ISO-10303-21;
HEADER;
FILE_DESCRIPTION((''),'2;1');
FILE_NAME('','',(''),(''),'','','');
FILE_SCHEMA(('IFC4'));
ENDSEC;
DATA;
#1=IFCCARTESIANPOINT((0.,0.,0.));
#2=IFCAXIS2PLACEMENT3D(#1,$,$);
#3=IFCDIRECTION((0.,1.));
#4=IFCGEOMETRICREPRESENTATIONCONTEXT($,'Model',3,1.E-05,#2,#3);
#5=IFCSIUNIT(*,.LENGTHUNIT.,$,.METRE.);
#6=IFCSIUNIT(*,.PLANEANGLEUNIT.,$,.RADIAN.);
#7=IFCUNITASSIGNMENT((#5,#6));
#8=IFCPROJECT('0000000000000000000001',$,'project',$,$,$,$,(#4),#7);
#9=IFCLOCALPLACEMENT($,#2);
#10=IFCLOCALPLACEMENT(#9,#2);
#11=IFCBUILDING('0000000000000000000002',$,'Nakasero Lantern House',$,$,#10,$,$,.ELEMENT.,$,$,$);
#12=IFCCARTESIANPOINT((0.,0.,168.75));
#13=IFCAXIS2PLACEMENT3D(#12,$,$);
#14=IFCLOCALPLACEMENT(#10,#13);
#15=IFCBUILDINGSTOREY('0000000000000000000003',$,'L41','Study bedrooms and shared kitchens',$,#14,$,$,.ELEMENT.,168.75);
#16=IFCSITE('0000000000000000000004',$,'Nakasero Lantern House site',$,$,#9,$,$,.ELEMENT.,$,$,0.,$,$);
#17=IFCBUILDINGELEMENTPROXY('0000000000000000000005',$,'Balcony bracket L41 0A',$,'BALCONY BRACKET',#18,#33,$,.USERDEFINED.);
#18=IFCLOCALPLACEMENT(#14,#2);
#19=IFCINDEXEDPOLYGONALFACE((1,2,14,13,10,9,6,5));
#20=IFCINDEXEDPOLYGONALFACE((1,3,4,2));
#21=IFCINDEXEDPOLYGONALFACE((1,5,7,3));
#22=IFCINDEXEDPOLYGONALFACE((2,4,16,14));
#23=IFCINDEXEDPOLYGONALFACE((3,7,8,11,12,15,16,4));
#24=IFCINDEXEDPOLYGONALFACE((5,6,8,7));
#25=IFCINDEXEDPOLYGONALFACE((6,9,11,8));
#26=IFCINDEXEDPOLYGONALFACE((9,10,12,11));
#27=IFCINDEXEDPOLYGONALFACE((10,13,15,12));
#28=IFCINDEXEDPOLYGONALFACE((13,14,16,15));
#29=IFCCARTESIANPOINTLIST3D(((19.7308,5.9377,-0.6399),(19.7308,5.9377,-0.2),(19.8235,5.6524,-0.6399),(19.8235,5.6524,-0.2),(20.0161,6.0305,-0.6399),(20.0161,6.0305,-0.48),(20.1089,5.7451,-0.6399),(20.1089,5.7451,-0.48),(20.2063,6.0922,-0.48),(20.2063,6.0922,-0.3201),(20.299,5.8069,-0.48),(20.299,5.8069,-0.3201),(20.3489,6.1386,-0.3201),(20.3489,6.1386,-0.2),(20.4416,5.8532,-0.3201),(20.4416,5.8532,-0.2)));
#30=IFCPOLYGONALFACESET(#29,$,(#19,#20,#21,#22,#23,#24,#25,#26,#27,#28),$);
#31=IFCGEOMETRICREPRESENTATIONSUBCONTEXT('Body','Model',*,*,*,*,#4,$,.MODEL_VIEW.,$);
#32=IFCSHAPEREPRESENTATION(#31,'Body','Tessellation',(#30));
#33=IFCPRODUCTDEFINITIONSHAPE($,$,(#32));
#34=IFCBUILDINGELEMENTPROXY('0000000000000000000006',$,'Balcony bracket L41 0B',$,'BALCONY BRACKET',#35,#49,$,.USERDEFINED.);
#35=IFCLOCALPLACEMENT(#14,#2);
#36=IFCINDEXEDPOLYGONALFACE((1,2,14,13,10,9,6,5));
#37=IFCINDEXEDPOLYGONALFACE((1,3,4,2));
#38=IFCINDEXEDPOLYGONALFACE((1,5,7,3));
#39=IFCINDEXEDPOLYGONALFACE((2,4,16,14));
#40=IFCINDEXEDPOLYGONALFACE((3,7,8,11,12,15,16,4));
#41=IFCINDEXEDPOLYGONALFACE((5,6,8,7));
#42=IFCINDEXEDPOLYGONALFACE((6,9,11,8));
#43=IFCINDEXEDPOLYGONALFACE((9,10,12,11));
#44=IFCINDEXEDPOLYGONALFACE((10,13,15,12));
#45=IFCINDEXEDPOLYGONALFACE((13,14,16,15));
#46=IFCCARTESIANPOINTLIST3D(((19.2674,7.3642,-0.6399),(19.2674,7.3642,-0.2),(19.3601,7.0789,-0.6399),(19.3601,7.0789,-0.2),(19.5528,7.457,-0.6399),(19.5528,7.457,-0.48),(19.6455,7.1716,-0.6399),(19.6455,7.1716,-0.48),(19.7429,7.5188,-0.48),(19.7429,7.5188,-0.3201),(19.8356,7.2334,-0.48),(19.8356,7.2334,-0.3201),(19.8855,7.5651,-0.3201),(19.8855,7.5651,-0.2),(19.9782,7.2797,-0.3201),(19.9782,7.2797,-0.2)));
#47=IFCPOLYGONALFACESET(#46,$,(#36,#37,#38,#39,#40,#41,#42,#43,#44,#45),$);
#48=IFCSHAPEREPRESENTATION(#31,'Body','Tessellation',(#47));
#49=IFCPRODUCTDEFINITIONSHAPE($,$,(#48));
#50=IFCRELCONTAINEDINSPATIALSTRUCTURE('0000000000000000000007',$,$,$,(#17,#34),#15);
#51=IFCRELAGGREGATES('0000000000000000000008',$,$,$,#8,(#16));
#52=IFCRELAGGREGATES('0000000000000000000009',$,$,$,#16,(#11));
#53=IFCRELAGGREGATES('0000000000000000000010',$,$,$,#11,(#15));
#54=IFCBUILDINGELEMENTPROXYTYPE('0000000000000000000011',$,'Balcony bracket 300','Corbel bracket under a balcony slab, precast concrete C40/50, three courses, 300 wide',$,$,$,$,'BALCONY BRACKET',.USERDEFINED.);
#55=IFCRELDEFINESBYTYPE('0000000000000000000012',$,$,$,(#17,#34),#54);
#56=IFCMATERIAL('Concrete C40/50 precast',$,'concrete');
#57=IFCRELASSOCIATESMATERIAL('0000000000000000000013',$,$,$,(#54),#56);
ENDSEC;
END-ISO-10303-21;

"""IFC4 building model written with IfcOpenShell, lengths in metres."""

from ifc_helpers import new_model, si_unit, direction, frame, origin, place, context, subcontext, project, spatial, polyline, outline, extrude, material, type_object, element, save


model = new_model("IFC4")

# Units and contexts
model_context = context("Model", 3, precision=1e-05, world=origin(), true_north=direction((0.0, 1.0)))
body_context = subcontext(model_context, "Body", "Model", "MODEL_VIEW")
ifc_project = project(units=[si_unit("LENGTHUNIT", "METRE"), si_unit("PLANEANGLEUNIT", "RADIAN")], contexts=[model_context])

# Site, building, storey
site_placement = place(None, origin())
site = spatial("IfcSite", under=ifc_project, at=site_placement, Name="Nakasero Lantern House site", CompositionType="ELEMENT", RefElevation=0.0)
building_placement = place(site_placement, origin())
building = spatial("IfcBuilding", under=site, at=building_placement, Name="Nakasero Lantern House", CompositionType="ELEMENT")
storey_placement = place(building_placement, frame((0.0, 0.0, 168.75)))
storey = spatial("IfcBuildingStorey", under=building, at=storey_placement, Name="L41", Description="Study bedrooms and shared kitchens", CompositionType="ELEMENT", Elevation=168.75)

# Building element proxies
ifc_material_1 = material(Name="Concrete C40/50 precast", Category="concrete")
building_element_proxy_type = type_object("IfcBuildingElementProxyType", Name="Balcony bracket 300", Description="Corbel bracket under a balcony slab, precast concrete C40/50, three courses, 300 wide", ElementType="BALCONY BRACKET", PredefinedType="USERDEFINED", material=ifc_material_1)
for number, where, z_axis, x_axis, name in (
    (1, (19.7771, 5.7952, -0.2), (0.0, 0.0, 1.0), (0.951057, 0.309017, 0.0), "Balcony bracket L41 0A"),
    (2, (19.3137, 7.2217, -0.2), (0.0, 0.0, 1.0), (0.951057, 0.309017, 0.0), "Balcony bracket L41 0B"),
):
    element("IfcBuildingElementProxy", number, at=place(storey_placement, frame(where, z_axis=z_axis, x_axis=x_axis)), inside=storey, type_object=building_element_proxy_type, Name=name, ObjectType="BALCONY BRACKET", PredefinedType="USERDEFINED", context=body_context, shape_type="SweptSolid", body=[
        extrude(outline(polyline([(0.0, 0.0), (0.6499, 0.0), (0.6499, -0.1201), (0.5, -0.1201), (0.5, -0.28), (0.3, -0.28), (0.3, -0.4399), (0.0, -0.4399), (0.0, 0.0)])), frame((0.0, 0.1499, 0.0), z_axis=(0.0, -1.0, 0.0), x_axis=(1.0, 0.0, 0.0)), (0.0, 0.0, 1.0), 0.3),
    ])

save(model, "model.ifc")
